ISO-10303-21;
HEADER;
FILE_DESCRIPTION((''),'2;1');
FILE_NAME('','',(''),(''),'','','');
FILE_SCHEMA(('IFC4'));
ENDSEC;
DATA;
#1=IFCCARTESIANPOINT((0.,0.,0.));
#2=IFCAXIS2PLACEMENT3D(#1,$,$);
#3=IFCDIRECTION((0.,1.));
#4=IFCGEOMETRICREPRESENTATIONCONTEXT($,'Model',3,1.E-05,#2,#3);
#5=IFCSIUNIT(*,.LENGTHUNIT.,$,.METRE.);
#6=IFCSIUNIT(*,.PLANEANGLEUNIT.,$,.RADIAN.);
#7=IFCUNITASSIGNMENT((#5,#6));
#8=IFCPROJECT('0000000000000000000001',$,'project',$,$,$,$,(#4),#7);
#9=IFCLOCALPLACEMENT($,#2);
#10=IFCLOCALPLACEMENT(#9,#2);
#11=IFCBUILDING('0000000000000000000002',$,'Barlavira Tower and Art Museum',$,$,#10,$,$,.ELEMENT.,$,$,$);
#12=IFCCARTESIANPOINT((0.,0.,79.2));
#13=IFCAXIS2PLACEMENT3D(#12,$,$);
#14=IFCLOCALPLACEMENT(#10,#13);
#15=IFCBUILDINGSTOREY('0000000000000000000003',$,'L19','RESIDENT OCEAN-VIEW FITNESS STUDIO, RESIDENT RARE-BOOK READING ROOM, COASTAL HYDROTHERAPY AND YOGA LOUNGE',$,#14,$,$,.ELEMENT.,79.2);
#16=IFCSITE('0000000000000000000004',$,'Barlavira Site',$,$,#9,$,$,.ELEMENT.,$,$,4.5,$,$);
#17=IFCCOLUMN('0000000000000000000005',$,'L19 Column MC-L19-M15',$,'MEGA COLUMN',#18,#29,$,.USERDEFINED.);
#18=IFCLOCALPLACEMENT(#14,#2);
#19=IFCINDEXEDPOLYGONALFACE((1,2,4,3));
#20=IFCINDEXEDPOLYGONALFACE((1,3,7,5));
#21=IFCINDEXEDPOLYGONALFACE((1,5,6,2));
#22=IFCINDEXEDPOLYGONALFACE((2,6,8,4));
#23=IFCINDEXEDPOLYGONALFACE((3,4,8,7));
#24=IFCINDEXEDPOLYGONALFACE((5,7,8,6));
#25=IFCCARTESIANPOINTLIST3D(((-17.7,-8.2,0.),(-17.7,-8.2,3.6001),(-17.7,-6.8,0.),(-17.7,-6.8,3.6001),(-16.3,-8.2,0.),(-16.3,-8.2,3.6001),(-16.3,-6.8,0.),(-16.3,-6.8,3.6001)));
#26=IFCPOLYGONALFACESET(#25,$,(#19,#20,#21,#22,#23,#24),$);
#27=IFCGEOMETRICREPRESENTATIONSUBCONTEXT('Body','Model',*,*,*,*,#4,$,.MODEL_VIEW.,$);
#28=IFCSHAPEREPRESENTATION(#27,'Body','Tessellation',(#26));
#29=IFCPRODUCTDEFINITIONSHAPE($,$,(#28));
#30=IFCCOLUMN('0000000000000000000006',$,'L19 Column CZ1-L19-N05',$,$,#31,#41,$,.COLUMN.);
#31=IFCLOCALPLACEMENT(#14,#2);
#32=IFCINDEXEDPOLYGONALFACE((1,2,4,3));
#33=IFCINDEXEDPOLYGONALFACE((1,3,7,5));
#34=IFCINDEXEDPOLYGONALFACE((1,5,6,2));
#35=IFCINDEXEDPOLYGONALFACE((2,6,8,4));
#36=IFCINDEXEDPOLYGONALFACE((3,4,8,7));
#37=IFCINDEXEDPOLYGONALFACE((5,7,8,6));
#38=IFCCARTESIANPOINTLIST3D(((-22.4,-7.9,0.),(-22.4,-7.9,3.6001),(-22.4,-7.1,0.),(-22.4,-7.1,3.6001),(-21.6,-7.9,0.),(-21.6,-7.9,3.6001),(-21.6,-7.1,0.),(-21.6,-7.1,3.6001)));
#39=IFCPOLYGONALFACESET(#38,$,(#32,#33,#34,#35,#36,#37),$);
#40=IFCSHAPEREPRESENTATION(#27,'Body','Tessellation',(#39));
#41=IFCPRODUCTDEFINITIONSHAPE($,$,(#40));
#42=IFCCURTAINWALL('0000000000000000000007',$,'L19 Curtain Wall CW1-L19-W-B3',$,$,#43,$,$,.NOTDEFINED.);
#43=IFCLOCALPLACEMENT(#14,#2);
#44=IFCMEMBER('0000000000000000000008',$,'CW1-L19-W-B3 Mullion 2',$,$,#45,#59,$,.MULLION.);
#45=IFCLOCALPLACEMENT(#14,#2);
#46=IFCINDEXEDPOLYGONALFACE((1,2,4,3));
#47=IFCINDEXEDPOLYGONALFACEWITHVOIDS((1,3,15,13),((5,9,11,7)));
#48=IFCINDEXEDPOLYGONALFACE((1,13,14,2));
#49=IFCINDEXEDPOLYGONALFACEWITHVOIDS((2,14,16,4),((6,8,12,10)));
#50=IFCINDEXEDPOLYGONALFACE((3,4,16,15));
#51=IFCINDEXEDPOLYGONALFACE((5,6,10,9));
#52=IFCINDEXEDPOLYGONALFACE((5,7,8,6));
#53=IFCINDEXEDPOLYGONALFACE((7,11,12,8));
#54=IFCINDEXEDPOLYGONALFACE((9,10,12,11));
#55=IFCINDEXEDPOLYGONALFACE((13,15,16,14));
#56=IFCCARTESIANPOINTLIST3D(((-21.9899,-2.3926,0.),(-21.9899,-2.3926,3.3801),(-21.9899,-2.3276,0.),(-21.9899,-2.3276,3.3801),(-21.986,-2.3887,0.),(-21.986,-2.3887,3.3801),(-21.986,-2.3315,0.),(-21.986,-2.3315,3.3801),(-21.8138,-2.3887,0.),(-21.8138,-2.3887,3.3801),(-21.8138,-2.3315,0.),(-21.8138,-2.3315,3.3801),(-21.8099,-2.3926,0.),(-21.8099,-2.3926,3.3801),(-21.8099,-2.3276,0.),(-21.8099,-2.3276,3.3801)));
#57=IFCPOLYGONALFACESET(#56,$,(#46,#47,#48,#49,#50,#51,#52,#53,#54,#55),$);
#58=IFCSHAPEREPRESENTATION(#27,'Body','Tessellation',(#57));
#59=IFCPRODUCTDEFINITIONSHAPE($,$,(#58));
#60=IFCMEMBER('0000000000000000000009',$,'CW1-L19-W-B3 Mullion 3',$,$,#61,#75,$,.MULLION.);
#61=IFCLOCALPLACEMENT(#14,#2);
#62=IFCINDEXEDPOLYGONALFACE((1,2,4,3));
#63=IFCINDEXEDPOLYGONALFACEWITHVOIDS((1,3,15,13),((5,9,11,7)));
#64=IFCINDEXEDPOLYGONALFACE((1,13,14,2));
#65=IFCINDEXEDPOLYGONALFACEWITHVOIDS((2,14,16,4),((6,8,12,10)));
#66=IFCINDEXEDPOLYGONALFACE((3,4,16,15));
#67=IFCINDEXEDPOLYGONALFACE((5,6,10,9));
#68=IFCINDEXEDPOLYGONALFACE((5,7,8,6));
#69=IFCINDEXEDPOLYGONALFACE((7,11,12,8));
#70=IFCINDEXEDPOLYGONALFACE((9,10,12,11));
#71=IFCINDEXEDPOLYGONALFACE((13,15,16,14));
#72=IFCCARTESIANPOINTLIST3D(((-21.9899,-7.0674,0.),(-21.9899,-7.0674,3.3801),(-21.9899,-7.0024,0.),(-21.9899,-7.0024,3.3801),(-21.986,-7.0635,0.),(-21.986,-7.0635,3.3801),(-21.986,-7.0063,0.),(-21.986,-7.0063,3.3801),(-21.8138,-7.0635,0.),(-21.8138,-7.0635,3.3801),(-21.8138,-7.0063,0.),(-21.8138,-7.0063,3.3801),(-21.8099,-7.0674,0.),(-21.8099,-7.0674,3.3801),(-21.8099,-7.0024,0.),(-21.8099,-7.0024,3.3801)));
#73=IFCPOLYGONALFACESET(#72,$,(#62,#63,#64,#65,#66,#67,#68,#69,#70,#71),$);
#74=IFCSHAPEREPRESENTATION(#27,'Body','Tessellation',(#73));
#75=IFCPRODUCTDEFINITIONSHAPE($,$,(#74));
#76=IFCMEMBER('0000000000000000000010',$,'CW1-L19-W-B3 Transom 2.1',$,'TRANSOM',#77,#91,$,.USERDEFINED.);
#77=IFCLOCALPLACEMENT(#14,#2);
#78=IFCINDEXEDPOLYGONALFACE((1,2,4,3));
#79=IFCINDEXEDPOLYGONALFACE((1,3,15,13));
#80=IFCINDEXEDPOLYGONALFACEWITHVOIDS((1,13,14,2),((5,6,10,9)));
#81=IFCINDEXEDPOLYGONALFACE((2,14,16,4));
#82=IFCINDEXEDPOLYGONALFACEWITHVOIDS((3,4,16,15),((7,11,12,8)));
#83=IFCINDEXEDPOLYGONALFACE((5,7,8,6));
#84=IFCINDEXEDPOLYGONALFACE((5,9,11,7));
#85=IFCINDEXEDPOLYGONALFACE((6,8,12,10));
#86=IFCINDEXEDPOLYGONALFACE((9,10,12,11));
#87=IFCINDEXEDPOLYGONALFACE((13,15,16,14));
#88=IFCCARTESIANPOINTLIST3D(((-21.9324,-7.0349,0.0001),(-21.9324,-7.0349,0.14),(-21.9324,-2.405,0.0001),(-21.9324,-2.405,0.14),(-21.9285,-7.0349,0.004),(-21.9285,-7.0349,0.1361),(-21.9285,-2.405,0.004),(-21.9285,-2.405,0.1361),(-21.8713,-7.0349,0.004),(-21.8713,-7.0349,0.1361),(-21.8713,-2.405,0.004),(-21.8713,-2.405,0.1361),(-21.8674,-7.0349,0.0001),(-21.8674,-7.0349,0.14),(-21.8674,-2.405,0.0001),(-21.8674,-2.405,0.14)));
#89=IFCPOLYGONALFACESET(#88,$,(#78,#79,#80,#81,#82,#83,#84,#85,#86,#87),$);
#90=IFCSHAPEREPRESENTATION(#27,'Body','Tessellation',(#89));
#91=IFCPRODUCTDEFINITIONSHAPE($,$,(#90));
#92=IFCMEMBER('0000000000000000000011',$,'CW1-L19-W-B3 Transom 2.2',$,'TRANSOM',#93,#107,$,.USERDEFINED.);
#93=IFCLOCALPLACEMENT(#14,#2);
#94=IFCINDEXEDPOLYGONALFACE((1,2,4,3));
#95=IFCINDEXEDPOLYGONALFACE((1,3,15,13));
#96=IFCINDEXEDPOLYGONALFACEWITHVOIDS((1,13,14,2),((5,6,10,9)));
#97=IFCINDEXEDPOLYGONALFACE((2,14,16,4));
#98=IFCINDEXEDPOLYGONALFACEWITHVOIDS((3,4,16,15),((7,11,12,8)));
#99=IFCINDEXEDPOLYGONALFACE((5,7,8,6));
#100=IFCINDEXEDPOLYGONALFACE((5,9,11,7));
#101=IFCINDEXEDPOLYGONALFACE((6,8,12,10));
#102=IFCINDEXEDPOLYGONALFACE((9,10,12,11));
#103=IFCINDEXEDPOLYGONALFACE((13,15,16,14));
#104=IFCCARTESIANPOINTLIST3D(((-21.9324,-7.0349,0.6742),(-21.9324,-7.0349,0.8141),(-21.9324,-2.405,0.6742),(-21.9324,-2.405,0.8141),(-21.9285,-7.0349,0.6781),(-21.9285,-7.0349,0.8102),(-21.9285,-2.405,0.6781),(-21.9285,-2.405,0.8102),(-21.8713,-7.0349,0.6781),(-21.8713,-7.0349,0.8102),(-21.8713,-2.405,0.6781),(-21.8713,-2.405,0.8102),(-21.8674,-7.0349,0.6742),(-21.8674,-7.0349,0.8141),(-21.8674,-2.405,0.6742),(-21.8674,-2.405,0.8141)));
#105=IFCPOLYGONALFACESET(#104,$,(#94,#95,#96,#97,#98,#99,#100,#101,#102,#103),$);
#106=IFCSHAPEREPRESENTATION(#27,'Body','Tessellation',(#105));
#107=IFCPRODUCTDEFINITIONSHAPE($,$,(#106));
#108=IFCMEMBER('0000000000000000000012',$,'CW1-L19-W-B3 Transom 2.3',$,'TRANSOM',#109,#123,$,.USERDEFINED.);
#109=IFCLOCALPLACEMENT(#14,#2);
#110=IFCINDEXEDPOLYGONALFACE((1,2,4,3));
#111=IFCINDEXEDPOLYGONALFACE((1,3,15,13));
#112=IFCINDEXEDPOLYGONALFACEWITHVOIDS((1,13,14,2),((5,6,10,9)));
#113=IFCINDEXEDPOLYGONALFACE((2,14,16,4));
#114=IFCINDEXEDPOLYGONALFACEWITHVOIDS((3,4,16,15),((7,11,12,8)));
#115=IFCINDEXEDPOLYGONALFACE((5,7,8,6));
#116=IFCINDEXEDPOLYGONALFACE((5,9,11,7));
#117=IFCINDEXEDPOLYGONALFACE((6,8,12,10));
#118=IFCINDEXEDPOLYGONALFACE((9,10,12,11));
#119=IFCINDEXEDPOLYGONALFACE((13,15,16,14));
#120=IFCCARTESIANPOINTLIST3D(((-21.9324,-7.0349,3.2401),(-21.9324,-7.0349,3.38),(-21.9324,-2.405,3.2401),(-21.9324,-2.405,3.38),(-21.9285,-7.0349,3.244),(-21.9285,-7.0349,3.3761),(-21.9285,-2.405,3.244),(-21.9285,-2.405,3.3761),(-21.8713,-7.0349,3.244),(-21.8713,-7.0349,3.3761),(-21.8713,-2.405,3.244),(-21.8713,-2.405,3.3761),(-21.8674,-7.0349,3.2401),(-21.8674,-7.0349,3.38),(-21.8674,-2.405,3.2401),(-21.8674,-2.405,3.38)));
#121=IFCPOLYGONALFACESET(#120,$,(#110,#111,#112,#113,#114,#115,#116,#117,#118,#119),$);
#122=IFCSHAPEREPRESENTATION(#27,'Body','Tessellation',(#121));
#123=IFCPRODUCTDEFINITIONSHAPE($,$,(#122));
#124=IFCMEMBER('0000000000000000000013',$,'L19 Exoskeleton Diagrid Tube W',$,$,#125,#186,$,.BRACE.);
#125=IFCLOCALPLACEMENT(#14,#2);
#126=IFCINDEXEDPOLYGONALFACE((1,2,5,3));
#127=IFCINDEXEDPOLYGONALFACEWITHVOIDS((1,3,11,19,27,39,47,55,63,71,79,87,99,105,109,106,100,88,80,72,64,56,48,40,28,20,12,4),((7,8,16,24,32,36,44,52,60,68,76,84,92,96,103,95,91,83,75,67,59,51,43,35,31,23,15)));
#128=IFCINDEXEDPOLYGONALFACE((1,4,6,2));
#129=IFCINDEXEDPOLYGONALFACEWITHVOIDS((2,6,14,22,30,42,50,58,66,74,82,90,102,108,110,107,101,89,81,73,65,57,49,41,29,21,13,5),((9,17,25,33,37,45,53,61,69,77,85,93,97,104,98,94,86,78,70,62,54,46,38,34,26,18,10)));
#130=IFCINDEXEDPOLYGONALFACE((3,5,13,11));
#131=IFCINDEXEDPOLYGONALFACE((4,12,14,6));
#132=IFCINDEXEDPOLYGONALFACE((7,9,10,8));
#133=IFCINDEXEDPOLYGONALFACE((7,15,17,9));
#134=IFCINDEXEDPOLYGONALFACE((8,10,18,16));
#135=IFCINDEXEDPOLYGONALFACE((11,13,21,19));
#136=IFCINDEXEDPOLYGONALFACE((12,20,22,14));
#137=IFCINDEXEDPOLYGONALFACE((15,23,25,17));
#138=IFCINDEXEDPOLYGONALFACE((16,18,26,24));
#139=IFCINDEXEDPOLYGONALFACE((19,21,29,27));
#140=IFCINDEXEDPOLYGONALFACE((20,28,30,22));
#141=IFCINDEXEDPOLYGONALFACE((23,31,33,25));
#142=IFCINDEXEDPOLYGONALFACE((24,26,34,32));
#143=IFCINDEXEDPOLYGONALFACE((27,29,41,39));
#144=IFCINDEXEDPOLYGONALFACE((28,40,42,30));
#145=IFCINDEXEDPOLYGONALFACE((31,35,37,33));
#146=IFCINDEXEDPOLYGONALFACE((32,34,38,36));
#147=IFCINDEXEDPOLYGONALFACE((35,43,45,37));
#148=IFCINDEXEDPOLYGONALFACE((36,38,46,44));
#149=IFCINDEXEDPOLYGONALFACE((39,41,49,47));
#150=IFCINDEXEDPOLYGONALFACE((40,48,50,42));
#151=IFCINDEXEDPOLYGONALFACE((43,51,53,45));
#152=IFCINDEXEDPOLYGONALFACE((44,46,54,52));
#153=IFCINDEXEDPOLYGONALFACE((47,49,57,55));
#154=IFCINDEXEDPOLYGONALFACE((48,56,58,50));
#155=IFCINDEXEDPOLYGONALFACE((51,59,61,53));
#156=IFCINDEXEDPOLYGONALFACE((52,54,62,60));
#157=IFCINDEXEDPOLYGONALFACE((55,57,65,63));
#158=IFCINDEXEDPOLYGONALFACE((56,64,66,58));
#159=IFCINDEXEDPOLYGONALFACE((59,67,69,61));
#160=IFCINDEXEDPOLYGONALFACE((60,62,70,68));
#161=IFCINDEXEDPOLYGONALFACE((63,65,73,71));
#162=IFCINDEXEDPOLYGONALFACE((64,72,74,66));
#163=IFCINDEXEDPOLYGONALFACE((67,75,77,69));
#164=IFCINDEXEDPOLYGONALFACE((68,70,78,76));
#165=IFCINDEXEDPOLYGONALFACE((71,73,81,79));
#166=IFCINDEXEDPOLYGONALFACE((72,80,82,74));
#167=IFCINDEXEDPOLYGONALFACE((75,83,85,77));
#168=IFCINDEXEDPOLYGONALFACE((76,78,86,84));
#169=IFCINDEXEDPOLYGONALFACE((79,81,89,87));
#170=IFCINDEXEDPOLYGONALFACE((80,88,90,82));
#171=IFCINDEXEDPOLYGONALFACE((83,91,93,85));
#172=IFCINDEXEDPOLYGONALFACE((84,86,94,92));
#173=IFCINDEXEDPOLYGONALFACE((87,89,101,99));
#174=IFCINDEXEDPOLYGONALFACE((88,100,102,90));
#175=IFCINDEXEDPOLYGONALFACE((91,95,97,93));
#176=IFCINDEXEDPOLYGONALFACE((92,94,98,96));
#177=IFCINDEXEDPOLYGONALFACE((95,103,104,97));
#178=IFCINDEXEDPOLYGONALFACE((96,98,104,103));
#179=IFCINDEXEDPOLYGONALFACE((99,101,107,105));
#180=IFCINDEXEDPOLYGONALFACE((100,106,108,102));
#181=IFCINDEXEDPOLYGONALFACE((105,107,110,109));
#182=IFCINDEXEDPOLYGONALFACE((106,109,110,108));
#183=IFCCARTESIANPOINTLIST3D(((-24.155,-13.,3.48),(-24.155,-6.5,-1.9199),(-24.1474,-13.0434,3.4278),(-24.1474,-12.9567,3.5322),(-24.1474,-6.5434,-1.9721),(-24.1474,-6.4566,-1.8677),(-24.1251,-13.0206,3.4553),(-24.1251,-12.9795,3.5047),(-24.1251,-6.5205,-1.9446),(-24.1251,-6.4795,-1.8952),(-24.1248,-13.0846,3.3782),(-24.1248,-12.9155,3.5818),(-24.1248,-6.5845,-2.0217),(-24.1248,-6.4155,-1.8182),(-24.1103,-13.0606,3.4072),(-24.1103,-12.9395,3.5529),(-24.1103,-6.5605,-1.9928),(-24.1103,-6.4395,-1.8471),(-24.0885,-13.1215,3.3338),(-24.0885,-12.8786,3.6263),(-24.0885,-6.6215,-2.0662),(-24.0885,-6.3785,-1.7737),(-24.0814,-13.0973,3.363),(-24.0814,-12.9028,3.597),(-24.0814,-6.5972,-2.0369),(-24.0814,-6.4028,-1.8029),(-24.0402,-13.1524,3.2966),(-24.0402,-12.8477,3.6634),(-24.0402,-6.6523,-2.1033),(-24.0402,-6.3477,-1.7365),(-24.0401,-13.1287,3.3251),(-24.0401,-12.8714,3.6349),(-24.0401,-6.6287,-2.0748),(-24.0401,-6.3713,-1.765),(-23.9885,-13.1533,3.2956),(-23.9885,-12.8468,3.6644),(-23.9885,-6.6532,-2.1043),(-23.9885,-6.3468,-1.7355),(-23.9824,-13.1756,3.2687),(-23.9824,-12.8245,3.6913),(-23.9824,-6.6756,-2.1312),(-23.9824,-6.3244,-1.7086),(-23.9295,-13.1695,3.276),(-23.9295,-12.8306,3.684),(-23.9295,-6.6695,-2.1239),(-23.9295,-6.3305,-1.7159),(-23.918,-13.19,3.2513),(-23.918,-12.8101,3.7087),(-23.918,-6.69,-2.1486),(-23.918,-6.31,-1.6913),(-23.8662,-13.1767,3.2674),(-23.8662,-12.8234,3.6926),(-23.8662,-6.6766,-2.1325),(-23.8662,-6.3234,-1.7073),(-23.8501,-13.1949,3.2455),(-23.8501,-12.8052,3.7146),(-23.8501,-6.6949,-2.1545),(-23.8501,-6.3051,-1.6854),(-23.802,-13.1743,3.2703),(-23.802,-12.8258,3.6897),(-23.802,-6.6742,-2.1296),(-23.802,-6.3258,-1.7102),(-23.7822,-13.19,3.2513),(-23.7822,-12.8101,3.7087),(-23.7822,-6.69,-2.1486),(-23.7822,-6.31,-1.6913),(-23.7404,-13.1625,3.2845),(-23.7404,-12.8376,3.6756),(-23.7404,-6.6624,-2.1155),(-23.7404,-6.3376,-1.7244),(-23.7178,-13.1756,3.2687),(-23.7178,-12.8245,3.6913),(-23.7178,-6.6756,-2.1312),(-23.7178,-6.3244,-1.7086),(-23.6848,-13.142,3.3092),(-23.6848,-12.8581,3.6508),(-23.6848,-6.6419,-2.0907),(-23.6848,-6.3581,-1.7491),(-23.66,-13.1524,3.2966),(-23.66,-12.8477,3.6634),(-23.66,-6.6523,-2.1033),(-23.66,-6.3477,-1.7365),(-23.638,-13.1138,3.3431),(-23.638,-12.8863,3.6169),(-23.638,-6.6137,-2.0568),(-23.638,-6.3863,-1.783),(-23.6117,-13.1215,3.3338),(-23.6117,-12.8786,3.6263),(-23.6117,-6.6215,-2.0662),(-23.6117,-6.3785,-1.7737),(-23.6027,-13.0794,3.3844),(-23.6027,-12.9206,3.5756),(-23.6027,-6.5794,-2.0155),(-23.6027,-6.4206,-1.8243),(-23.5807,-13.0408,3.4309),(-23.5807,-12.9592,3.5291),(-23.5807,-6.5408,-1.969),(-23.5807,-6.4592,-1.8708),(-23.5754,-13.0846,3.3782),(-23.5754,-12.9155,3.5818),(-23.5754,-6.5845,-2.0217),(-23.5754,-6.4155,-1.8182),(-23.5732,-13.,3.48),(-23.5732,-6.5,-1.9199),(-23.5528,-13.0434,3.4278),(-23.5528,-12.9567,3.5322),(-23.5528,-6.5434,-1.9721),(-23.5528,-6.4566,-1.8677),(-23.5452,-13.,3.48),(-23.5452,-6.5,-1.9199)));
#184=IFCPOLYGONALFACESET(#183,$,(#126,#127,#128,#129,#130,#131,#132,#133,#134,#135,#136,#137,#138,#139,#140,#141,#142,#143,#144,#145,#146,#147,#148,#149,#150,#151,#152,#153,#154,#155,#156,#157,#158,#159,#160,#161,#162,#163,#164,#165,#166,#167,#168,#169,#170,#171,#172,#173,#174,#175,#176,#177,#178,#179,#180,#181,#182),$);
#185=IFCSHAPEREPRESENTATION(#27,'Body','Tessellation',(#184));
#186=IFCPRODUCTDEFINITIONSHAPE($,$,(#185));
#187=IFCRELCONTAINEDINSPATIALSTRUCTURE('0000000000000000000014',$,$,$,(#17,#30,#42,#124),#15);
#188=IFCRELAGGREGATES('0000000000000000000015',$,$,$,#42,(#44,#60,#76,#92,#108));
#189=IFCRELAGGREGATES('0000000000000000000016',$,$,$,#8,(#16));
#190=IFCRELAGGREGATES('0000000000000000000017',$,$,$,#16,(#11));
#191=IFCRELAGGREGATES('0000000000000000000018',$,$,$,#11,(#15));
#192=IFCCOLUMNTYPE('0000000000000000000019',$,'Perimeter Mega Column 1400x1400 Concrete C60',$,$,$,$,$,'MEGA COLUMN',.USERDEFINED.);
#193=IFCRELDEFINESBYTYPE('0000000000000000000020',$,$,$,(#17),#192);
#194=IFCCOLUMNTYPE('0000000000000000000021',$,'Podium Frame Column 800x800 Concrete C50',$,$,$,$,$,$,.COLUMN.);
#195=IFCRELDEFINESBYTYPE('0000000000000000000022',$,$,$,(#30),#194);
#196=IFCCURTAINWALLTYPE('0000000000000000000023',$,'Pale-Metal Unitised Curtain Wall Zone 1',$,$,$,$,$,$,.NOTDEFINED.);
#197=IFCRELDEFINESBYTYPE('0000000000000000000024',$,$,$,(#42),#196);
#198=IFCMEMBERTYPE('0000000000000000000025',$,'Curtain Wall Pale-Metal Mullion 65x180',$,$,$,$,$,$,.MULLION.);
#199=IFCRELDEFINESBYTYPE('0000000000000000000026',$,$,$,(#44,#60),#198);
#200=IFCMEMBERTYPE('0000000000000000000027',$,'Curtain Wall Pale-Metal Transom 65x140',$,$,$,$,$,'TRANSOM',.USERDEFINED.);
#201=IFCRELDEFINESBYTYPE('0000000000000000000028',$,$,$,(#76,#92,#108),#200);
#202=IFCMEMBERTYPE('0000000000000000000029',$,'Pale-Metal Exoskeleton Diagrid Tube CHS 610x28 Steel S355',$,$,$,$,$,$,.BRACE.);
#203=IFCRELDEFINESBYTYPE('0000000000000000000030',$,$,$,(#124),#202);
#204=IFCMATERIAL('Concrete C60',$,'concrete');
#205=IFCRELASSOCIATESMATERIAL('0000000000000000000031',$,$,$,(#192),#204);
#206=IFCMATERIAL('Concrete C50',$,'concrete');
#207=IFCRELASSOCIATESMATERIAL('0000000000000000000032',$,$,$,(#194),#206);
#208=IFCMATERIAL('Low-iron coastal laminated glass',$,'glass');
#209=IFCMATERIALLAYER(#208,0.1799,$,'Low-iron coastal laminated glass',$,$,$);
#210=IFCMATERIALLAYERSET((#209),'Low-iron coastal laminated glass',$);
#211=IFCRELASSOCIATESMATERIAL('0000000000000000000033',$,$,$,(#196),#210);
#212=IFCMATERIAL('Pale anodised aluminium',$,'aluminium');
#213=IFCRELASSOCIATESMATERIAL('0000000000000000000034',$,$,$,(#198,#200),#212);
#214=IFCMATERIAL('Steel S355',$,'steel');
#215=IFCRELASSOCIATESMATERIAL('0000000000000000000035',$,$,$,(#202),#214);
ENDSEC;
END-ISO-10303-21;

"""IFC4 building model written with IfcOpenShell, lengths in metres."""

from ifc_helpers import new_model, si_unit, direction, frame, origin, origin_2d, place, context, subcontext, project, spatial, rectangle, hollow_rectangle, hollow_circle, extrude, material, layer, layer_set, material_profile, profile_set, type_object, element, aggregate, save


model = new_model("IFC4")

# Units and contexts
model_context = context("Model", 3, precision=1e-05, world=origin(), true_north=direction((0.0, 1.0)))
body_context = subcontext(model_context, "Body", "Model", "MODEL_VIEW")
ifc_project = project(units=[si_unit("LENGTHUNIT", "METRE"), si_unit("PLANEANGLEUNIT", "RADIAN")], contexts=[model_context])

# Site, building, storey
site_placement = place(None, origin())
site = spatial("IfcSite", under=ifc_project, at=site_placement, Name="Barlavira Site", CompositionType="ELEMENT", RefElevation=4.5)
building_placement = place(site_placement, origin())
building = spatial("IfcBuilding", under=site, at=building_placement, Name="Barlavira Tower and Art Museum", CompositionType="ELEMENT")
storey_placement = place(building_placement, frame((0.0, 0.0, 79.2)))
storey = spatial("IfcBuildingStorey", under=building, at=storey_placement, Name="L19", Description="RESIDENT OCEAN-VIEW FITNESS STUDIO, RESIDENT RARE-BOOK READING ROOM, COASTAL HYDROTHERAPY AND YOGA LOUNGE", CompositionType="ELEMENT", Elevation=79.2)

# Columns
ifc_material_1 = material(Name="Concrete C60", Category="concrete")
ifc_material_profile_1 = material_profile(ifc_material_1, rectangle(XDim=1.3999, YDim=1.3999, at=origin_2d()), Name="RC-MCOL 1400x1400")
ifc_profile_set_1 = profile_set([ifc_material_profile_1], Name="Concrete C60")
column_type_1 = type_object("IfcColumnType", Name="Perimeter Mega Column 1400x1400 Concrete C60", ElementType="MEGA COLUMN", PredefinedType="USERDEFINED", material=ifc_profile_set_1)
column_1_placement = place(storey_placement, frame((-17.0, -7.5, 0.0), z_axis=(0.0, 0.0, 1.0), x_axis=(1.0, 0.0, 0.0)))
element("IfcColumn", 1, at=column_1_placement, inside=storey, type_object=column_type_1, Name="L19 Column MC-L19-M15", ObjectType="MEGA COLUMN", PredefinedType="USERDEFINED", context=body_context, shape_type="SweptSolid", body=[
    extrude(rectangle(XDim=1.3999, YDim=1.3999, at=origin_2d()), origin(), (0.0, 0.0, 1.0), 3.6001),
])
ifc_material_2 = material(Name="Concrete C50", Category="concrete")
ifc_material_profile_2 = material_profile(ifc_material_2, rectangle(XDim=0.8, YDim=0.8, at=origin_2d()), Name="RC-COL 800x800")
ifc_profile_set_2 = profile_set([ifc_material_profile_2], Name="Concrete C50")
column_type_2 = type_object("IfcColumnType", Name="Podium Frame Column 800x800 Concrete C50", PredefinedType="COLUMN", material=ifc_profile_set_2)
column_2_placement = place(storey_placement, frame((-22.0, -7.5, 0.0), z_axis=(0.0, 0.0, 1.0), x_axis=(1.0, 0.0, 0.0)))
element("IfcColumn", 2, at=column_2_placement, inside=storey, type_object=column_type_2, Name="L19 Column CZ1-L19-N05", PredefinedType="COLUMN", context=body_context, shape_type="SweptSolid", body=[
    extrude(rectangle(XDim=0.8, YDim=0.8, at=origin_2d()), origin(), (0.0, 0.0, 1.0), 3.6001),
])

# Curtain wall, members
ifc_material_3 = material(Name="Low-iron coastal laminated glass", Category="glass")
ifc_layer_1 = layer(ifc_material_3, 0.1799, Name="Low-iron coastal laminated glass")
ifc_layer_set_1 = layer_set([ifc_layer_1], Name="Low-iron coastal laminated glass")
curtain_wall_type = type_object("IfcCurtainWallType", Name="Pale-Metal Unitised Curtain Wall Zone 1", PredefinedType="NOTDEFINED", material=ifc_layer_set_1)
curtain_wall_placement = place(storey_placement, origin())
curtain_wall = element("IfcCurtainWall", 3, at=curtain_wall_placement, inside=storey, type_object=curtain_wall_type, Name="L19 Curtain Wall CW1-L19-W-B3", PredefinedType="NOTDEFINED")
ifc_material_4 = material(Name="Pale anodised aluminium", Category="aluminium")
ifc_material_profile_3 = material_profile(ifc_material_4, hollow_rectangle(XDim=0.0649, YDim=0.1799, WallThickness=0.0039, at=origin_2d()), Name="ALU-MULL 65x180x4")
ifc_profile_set_3 = profile_set([ifc_material_profile_3], Name="Pale anodised aluminium")
member_type_1 = type_object("IfcMemberType", Name="Curtain Wall Pale-Metal Mullion 65x180", PredefinedType="MULLION", material=ifc_profile_set_3)
member_1_placement = place(storey_placement, frame((-21.8999, -2.3601, 0.0), z_axis=(0.0, 0.0, 1.0), x_axis=(0.0, -1.0, 0.0)))
member_1 = element("IfcMember", 4, at=member_1_placement, type_object=member_type_1, Name="CW1-L19-W-B3 Mullion 2", PredefinedType="MULLION", context=body_context, shape_type="SweptSolid", body=[
    extrude(hollow_rectangle(XDim=0.0649, YDim=0.1799, WallThickness=0.0039, at=origin_2d()), origin(), (0.0, 0.0, 1.0), 3.3801),
])
member_2_placement = place(storey_placement, frame((-21.8999, -7.0349, 0.0), z_axis=(0.0, 0.0, 1.0), x_axis=(0.0, -1.0, 0.0)))
member_2 = element("IfcMember", 5, at=member_2_placement, type_object=member_type_1, Name="CW1-L19-W-B3 Mullion 3", PredefinedType="MULLION", context=body_context, shape_type="SweptSolid", body=[
    extrude(hollow_rectangle(XDim=0.0649, YDim=0.1799, WallThickness=0.0039, at=origin_2d()), origin(), (0.0, 0.0, 1.0), 3.3801),
])
ifc_material_profile_4 = material_profile(ifc_material_4, hollow_rectangle(XDim=0.0649, YDim=0.1399, WallThickness=0.0039, at=origin_2d()), Name="ALU-TRAN 65x140x4")
ifc_profile_set_4 = profile_set([ifc_material_profile_4], Name="Pale anodised aluminium")
member_type_2 = type_object("IfcMemberType", Name="Curtain Wall Pale-Metal Transom 65x140", ElementType="TRANSOM", PredefinedType="USERDEFINED", material=ifc_profile_set_4)
member_3_placement = place(storey_placement, frame((-21.8999, -2.405, 0.0701), z_axis=(0.0, -1.0, 0.0), x_axis=(1.0, 0.0, 0.0)))
member_3 = element("IfcMember", 6, at=member_3_placement, type_object=member_type_2, Name="CW1-L19-W-B3 Transom 2.1", ObjectType="TRANSOM", PredefinedType="USERDEFINED", context=body_context, shape_type="SweptSolid", body=[
    extrude(hollow_rectangle(XDim=0.0649, YDim=0.1399, WallThickness=0.0039, at=origin_2d()), origin(), (0.0, 0.0, 1.0), 4.6299),
])
member_4_placement = place(storey_placement, frame((-21.8999, -2.405, 0.7441), z_axis=(0.0, -1.0, 0.0), x_axis=(1.0, 0.0, 0.0)))
member_4 = element("IfcMember", 7, at=member_4_placement, type_object=member_type_2, Name="CW1-L19-W-B3 Transom 2.2", ObjectType="TRANSOM", PredefinedType="USERDEFINED", context=body_context, shape_type="SweptSolid", body=[
    extrude(hollow_rectangle(XDim=0.0649, YDim=0.1399, WallThickness=0.0039, at=origin_2d()), origin(), (0.0, 0.0, 1.0), 4.6299),
])
member_5_placement = place(storey_placement, frame((-21.8999, -2.405, 3.3101), z_axis=(0.0, -1.0, 0.0), x_axis=(1.0, 0.0, 0.0)))
member_5 = element("IfcMember", 8, at=member_5_placement, type_object=member_type_2, Name="CW1-L19-W-B3 Transom 2.3", ObjectType="TRANSOM", PredefinedType="USERDEFINED", context=body_context, shape_type="SweptSolid", body=[
    extrude(hollow_rectangle(XDim=0.0649, YDim=0.1399, WallThickness=0.0039, at=origin_2d()), origin(), (0.0, 0.0, 1.0), 4.6299),
])

# Member
ifc_material_5 = material(Name="Steel S355", Category="steel")
ifc_material_profile_5 = material_profile(ifc_material_5, hollow_circle(Radius=0.3049, WallThickness=0.0281, at=origin_2d()), Name="CHS 610.0x28.0")
ifc_profile_set_5 = profile_set([ifc_material_profile_5], Name="Steel S355")
member_type_3 = type_object("IfcMemberType", Name="Pale-Metal Exoskeleton Diagrid Tube CHS 610x28 Steel S355", PredefinedType="BRACE", material=ifc_profile_set_5)
for number, where, z_axis, x_axis, name in (
    (9, (-23.8501, -6.5, -1.9199), (0.0, -0.769196, 0.639013), (1.0, 0.0, 0.0), "L19 Exoskeleton Diagrid Tube W"),
):
    element("IfcMember", number, at=place(storey_placement, frame(where, z_axis=z_axis, x_axis=x_axis)), inside=storey, type_object=member_type_3, Name=name, PredefinedType="BRACE", context=body_context, shape_type="SweptSolid", body=[
        extrude(hollow_circle(Radius=0.3049, WallThickness=0.0281, at=origin_2d()), origin(), (0.0, 0.0, 1.0), 8.4504),
    ])

aggregate(curtain_wall, [member_1, member_2, member_3, member_4, member_5])

save(model, "model.ifc")
